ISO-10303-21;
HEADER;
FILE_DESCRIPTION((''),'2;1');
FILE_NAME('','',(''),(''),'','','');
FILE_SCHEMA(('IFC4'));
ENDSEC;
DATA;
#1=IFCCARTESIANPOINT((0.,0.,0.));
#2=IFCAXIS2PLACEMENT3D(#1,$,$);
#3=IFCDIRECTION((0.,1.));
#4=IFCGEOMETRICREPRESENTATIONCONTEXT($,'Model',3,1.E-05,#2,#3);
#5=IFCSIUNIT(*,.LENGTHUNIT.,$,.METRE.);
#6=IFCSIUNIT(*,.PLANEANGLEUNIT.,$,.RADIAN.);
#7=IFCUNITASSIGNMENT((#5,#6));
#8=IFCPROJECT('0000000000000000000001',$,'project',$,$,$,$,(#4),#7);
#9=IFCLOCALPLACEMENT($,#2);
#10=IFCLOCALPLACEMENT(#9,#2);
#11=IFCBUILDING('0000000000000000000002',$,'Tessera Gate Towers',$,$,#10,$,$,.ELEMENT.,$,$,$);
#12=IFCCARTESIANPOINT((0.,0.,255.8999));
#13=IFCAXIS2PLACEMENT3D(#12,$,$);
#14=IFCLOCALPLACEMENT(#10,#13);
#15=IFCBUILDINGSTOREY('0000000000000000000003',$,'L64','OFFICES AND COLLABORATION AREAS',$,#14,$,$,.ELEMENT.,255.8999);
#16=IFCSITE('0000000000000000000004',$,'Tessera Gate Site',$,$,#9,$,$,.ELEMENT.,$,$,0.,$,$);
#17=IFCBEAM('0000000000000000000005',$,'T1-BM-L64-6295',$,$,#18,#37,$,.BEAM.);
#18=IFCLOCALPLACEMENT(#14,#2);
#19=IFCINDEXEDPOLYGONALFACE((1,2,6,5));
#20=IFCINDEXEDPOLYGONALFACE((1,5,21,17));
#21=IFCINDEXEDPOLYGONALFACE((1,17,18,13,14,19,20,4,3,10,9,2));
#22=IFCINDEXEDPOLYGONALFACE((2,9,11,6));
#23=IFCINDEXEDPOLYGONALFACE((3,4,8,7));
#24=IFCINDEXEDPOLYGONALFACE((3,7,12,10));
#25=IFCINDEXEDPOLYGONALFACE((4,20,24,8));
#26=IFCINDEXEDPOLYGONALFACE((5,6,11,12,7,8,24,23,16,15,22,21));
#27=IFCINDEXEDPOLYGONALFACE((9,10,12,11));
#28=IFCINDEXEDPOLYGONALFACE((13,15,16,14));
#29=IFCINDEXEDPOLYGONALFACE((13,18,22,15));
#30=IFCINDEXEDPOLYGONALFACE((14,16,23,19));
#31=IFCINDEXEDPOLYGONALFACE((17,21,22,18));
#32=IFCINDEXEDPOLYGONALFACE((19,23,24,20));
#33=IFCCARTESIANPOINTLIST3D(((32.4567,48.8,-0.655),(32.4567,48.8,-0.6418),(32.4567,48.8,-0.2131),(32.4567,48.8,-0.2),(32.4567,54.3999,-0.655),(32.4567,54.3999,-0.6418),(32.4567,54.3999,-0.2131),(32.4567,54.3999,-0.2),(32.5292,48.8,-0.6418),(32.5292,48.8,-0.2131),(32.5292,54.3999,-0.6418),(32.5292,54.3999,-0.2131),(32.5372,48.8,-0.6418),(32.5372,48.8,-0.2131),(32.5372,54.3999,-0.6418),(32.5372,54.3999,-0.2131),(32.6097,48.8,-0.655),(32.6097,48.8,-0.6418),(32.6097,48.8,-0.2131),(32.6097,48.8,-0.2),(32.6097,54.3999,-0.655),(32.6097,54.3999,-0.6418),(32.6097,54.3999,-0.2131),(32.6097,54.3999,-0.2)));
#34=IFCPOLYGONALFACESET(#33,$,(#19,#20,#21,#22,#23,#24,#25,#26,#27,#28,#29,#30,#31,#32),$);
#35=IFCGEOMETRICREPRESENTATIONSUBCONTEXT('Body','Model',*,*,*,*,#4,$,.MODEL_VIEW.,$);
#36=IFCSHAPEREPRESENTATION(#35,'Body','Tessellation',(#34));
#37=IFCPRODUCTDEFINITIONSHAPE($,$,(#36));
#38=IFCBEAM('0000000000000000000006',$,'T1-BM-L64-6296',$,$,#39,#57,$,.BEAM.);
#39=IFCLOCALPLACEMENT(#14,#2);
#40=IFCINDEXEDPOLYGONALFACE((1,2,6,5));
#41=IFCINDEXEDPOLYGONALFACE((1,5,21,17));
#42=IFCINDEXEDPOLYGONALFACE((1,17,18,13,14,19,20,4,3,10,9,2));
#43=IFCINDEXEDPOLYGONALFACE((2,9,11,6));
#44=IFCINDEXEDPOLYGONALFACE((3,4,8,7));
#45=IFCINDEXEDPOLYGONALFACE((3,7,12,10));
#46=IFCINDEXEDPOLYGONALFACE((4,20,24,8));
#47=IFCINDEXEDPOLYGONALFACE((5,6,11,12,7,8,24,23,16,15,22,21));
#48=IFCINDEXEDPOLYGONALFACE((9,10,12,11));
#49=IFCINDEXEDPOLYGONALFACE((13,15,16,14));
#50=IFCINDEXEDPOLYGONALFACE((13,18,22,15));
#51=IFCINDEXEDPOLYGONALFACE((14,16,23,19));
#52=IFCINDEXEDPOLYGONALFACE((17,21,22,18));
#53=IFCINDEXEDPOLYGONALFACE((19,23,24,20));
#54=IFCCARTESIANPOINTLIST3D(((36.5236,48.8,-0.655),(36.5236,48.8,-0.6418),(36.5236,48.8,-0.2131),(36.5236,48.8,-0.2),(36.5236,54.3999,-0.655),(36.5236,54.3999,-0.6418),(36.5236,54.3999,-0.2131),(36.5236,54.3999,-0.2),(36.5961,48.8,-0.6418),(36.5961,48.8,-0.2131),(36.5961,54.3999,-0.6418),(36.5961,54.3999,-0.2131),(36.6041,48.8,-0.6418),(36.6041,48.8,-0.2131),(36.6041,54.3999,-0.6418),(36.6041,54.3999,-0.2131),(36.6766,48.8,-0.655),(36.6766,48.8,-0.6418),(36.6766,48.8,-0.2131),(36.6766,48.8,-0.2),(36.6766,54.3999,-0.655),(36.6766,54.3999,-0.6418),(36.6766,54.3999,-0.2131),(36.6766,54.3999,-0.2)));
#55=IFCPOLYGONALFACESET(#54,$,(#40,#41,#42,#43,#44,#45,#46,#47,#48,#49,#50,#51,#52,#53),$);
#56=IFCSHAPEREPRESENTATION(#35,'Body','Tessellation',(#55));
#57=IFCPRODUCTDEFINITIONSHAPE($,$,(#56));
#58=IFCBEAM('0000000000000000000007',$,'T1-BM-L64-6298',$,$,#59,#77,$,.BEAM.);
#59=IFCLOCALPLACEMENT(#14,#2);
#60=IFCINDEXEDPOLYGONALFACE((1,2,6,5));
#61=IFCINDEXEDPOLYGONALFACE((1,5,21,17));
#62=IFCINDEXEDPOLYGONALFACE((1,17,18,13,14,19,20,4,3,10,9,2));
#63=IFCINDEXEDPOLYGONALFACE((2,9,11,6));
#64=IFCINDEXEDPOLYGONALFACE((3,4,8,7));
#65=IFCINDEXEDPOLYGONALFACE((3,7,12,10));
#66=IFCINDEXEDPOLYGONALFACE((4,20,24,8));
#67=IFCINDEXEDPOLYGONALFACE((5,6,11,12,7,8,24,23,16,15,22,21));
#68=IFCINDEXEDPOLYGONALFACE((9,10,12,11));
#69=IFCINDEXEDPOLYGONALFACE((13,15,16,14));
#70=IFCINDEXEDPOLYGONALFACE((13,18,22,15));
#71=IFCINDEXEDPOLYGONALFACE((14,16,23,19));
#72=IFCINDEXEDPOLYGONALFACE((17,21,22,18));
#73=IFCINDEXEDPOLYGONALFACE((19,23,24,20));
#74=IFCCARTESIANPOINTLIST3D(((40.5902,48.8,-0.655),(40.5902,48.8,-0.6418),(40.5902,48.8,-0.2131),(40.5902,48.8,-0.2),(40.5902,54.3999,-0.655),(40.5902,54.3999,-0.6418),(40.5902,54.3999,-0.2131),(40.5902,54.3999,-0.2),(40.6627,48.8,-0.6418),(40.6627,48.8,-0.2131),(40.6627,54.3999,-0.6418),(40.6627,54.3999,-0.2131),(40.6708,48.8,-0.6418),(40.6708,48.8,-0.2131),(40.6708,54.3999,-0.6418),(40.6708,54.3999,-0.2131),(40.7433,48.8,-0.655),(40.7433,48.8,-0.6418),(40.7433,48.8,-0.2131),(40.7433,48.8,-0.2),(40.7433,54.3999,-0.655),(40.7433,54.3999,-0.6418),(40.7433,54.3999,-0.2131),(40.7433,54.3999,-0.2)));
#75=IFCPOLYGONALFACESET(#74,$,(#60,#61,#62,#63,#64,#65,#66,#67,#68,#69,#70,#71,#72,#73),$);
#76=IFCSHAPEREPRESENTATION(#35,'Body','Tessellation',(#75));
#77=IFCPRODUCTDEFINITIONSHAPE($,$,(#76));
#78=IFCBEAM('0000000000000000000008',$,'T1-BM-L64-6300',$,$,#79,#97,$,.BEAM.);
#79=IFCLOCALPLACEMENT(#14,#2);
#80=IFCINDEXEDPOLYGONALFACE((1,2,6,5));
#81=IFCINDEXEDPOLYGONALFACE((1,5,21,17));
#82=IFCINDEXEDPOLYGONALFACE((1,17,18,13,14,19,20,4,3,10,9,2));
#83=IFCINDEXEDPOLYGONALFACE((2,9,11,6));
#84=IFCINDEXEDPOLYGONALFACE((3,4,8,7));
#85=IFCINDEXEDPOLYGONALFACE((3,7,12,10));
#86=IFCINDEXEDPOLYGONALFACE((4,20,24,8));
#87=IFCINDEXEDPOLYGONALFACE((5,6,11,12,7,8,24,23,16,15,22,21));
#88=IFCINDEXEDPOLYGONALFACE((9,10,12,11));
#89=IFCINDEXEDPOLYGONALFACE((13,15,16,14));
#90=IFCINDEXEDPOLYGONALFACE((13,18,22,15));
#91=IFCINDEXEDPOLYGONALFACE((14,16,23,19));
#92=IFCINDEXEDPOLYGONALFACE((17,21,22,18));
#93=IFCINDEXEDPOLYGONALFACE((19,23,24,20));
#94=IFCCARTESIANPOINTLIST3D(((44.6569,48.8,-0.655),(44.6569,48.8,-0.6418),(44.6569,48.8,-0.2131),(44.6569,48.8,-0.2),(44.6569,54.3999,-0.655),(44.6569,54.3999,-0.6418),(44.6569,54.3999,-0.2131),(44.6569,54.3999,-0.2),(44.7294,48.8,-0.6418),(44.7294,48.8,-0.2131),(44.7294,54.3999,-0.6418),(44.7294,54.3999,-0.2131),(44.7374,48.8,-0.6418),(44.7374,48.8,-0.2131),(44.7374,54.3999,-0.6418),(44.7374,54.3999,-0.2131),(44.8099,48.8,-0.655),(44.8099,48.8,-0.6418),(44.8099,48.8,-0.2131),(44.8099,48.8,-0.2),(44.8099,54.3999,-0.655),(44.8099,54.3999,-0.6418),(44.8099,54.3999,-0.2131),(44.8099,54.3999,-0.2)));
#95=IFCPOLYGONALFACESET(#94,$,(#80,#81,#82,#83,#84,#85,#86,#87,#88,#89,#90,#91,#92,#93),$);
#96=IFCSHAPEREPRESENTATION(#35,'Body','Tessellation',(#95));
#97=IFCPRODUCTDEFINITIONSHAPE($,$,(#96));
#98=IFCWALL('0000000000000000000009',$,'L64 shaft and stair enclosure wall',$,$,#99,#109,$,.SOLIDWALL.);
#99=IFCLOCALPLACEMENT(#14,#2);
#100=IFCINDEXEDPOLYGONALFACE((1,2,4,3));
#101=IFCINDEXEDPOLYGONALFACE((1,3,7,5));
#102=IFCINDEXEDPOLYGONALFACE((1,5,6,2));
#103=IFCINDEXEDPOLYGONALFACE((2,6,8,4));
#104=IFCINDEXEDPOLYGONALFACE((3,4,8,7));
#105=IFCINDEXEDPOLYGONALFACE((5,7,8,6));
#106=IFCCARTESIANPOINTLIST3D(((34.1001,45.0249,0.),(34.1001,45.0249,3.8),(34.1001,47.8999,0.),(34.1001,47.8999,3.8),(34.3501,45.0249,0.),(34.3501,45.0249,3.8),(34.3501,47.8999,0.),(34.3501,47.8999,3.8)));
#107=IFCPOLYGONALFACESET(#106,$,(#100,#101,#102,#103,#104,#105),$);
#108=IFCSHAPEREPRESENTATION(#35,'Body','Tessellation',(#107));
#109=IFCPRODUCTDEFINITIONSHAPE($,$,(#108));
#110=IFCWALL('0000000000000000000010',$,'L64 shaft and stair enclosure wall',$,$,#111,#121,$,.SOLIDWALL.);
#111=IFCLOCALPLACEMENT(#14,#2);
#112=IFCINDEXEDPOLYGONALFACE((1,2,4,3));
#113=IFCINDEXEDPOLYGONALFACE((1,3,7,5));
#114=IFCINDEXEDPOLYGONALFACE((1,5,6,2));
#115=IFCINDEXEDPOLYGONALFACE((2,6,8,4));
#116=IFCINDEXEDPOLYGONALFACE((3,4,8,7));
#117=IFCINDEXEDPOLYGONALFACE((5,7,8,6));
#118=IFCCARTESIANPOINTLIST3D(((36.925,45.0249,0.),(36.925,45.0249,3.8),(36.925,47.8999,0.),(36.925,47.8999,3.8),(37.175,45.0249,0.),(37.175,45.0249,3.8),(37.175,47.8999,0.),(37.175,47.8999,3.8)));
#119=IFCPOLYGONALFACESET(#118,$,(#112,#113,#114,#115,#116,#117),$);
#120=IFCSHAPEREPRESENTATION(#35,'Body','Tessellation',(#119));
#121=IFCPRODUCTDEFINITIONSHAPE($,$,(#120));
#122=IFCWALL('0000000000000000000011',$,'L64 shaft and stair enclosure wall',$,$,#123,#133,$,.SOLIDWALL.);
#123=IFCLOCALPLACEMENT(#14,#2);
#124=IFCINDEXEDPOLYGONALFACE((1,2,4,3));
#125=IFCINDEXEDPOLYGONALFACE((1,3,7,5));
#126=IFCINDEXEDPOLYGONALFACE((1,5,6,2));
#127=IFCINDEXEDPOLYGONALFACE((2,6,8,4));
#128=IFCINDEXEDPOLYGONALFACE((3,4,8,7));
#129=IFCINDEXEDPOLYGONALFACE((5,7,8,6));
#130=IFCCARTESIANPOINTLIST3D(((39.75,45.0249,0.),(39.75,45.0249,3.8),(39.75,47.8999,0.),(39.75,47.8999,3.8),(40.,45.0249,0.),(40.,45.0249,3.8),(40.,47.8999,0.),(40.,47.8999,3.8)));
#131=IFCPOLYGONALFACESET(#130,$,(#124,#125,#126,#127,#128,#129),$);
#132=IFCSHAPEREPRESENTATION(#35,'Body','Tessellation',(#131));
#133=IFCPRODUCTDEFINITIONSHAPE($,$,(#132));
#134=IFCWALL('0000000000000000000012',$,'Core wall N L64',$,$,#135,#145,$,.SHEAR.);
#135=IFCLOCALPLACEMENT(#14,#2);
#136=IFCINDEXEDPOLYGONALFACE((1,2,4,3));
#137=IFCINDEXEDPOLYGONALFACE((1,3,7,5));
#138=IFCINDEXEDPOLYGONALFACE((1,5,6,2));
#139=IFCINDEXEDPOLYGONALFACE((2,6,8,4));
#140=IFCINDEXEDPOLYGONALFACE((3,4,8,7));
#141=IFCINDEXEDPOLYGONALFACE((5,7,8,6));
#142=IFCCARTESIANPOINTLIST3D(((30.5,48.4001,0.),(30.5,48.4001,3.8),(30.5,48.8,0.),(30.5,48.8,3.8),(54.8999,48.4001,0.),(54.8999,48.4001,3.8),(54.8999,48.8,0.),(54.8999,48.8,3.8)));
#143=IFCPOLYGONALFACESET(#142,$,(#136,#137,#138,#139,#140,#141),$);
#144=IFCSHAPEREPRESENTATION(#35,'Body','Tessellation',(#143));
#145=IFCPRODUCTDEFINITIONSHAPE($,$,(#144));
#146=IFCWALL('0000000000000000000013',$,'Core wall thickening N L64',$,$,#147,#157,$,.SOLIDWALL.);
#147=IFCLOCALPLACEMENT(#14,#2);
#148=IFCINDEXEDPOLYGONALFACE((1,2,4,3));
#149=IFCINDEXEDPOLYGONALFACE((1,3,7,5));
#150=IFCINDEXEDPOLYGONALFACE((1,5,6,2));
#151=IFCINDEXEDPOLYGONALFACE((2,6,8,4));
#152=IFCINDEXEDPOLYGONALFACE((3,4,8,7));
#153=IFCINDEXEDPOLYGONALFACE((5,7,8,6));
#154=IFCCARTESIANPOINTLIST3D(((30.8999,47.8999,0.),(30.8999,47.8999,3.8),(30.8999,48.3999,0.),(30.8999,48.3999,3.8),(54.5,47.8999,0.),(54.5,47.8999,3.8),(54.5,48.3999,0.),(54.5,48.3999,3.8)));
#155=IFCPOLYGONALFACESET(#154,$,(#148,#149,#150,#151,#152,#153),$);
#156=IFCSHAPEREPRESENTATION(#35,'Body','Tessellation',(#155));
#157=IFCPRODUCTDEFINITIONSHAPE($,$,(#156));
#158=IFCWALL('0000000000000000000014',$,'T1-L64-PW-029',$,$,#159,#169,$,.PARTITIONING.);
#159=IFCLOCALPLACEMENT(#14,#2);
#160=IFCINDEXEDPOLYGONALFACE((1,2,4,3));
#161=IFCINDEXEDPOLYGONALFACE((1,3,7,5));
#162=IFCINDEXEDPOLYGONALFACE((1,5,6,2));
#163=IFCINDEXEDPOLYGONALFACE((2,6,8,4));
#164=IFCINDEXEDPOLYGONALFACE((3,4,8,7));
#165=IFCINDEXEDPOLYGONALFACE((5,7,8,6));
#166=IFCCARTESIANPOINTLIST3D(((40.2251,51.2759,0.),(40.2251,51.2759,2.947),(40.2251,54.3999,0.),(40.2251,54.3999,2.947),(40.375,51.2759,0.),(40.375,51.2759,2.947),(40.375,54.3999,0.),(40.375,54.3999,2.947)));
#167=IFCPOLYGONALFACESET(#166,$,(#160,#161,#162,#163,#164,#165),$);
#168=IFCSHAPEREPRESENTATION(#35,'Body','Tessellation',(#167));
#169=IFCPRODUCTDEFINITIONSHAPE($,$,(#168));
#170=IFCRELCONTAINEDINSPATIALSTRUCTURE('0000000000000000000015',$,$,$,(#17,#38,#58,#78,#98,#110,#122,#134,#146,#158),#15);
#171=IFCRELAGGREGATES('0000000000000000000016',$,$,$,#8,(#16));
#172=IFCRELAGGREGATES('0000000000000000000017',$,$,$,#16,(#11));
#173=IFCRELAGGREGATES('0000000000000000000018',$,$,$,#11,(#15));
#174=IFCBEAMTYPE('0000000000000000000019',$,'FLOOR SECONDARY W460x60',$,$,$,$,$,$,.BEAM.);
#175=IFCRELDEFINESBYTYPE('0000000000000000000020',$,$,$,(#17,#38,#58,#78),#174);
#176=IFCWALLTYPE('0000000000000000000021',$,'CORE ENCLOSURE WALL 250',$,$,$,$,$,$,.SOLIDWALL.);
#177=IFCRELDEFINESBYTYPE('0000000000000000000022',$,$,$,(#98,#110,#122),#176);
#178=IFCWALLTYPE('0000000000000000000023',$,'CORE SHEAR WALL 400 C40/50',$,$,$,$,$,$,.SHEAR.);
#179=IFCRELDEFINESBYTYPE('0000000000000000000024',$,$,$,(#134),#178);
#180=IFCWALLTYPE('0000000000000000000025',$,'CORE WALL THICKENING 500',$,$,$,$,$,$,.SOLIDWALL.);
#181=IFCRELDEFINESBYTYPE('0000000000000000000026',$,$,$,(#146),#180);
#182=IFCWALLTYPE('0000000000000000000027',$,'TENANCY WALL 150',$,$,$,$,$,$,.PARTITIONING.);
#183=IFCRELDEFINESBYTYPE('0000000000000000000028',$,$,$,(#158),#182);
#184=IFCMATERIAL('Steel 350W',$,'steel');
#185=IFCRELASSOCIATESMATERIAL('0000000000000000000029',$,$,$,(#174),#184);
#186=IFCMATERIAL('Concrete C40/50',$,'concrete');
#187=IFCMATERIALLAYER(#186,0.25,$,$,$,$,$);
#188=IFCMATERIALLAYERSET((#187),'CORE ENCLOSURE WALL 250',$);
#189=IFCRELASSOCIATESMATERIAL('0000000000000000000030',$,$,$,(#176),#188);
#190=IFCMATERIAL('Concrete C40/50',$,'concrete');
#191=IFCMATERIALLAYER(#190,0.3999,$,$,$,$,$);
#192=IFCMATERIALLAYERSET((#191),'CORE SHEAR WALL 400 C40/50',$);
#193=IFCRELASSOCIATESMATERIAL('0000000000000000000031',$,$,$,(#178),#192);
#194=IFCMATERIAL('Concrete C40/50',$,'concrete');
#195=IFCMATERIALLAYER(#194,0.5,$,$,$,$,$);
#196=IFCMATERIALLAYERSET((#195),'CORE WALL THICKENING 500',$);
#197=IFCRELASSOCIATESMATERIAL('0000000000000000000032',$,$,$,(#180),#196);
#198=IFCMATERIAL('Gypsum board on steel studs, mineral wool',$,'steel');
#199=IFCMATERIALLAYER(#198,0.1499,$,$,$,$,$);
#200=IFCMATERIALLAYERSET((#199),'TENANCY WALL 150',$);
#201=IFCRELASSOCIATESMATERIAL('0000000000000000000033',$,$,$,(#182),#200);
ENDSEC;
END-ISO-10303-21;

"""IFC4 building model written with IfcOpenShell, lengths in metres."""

from ifc_helpers import new_model, si_unit, direction, frame, frame_2d, origin, origin_2d, place, context, subcontext, project, spatial, rectangle, i_section, extrude, material, layer, layer_set, material_profile, profile_set, type_object, element, save


model = new_model("IFC4")

# Units and contexts
model_context = context("Model", 3, precision=1e-05, world=origin(), true_north=direction((0.0, 1.0)))
body_context = subcontext(model_context, "Body", "Model", "MODEL_VIEW")
ifc_project = project(units=[si_unit("LENGTHUNIT", "METRE"), si_unit("PLANEANGLEUNIT", "RADIAN")], contexts=[model_context])

# Site, building, storey
site_placement = place(None, origin())
site = spatial("IfcSite", under=ifc_project, at=site_placement, Name="Tessera Gate Site", CompositionType="ELEMENT", RefElevation=0.0)
building_placement = place(site_placement, origin())
building = spatial("IfcBuilding", under=site, at=building_placement, Name="Tessera Gate Towers", CompositionType="ELEMENT")
storey_placement = place(building_placement, frame((0.0, 0.0, 255.8999)))
storey = spatial("IfcBuildingStorey", under=building, at=storey_placement, Name="L64", Description="OFFICES AND COLLABORATION AREAS", CompositionType="ELEMENT", Elevation=255.8999)

# Beams
ifc_material_1 = material(Name="Steel 350W", Category="steel")
ifc_material_profile = material_profile(ifc_material_1, i_section(OverallWidth=0.1531, OverallDepth=0.4551, WebThickness=0.0081, FlangeThickness=0.0132, at=origin_2d()), Name="W460x60")
ifc_profile_set = profile_set([ifc_material_profile], Name="Steel 350W")
beam_type = type_object("IfcBeamType", Name="FLOOR SECONDARY W460x60", PredefinedType="BEAM", material=ifc_profile_set)
for number, where, z_axis, x_axis, name in (
    (1, (32.5332, 48.8, -0.4275), (0.0, 1.0, 0.0), (-1.0, 0.0, 0.0), "T1-BM-L64-6295"),
    (2, (36.6001, 48.8, -0.4275), (0.0, 1.0, 0.0), (-1.0, 0.0, 0.0), "T1-BM-L64-6296"),
    (3, (40.6667, 48.8, -0.4275), (0.0, 1.0, 0.0), (-1.0, 0.0, 0.0), "T1-BM-L64-6298"),
    (4, (44.7334, 48.8, -0.4275), (0.0, 1.0, 0.0), (-1.0, 0.0, 0.0), "T1-BM-L64-6300"),
):
    element("IfcBeam", number, at=place(storey_placement, frame(where, z_axis=z_axis, x_axis=x_axis)), inside=storey, type_object=beam_type, Name=name, PredefinedType="BEAM", context=body_context, shape_type="SweptSolid", body=[
        extrude(i_section(OverallWidth=0.1531, OverallDepth=0.4551, WebThickness=0.0081, FlangeThickness=0.0132, at=origin_2d()), origin(), (0.0, 0.0, 1.0), 5.5999),
    ])

# Walls
ifc_material_2 = material(Name="Concrete C40/50", Category="concrete")
ifc_layer_1 = layer(ifc_material_2, 0.25)
ifc_layer_set_1 = layer_set([ifc_layer_1], Name="CORE ENCLOSURE WALL 250")
wall_type_1 = type_object("IfcWallType", Name="CORE ENCLOSURE WALL 250", PredefinedType="SOLIDWALL", material=ifc_layer_set_1)
for number, where, z_axis, x_axis, name in (
    (5, (34.2251, 45.0249, 0.0), (0.0, 0.0, 1.0), (0.0, 1.0, 0.0), "L64 shaft and stair enclosure wall"),
    (6, (37.05, 45.0249, 0.0), (0.0, 0.0, 1.0), (0.0, 1.0, 0.0), "L64 shaft and stair enclosure wall"),
    (7, (39.875, 45.0249, 0.0), (0.0, 0.0, 1.0), (0.0, 1.0, 0.0), "L64 shaft and stair enclosure wall"),
):
    element("IfcWall", number, at=place(storey_placement, frame(where, z_axis=z_axis, x_axis=x_axis)), inside=storey, type_object=wall_type_1, Name=name, PredefinedType="SOLIDWALL", context=body_context, shape_type="SweptSolid", body=[
        extrude(rectangle(XDim=2.875, YDim=0.25, at=frame_2d((1.4375, 0.0))), origin(), (0.0, 0.0, 1.0), 3.8),
    ])
ifc_material_3 = material(Name="Concrete C40/50", Category="concrete")
ifc_layer_2 = layer(ifc_material_3, 0.3999)
ifc_layer_set_2 = layer_set([ifc_layer_2], Name="CORE SHEAR WALL 400 C40/50")
wall_type_2 = type_object("IfcWallType", Name="CORE SHEAR WALL 400 C40/50", PredefinedType="SHEAR", material=ifc_layer_set_2)
wall_1_placement = place(storey_placement, frame((30.5, 48.6001, 0.0), z_axis=(0.0, 0.0, 1.0), x_axis=(1.0, 0.0, 0.0)))
element("IfcWall", 8, at=wall_1_placement, inside=storey, type_object=wall_type_2, Name="Core wall N L64", PredefinedType="SHEAR", context=body_context, shape_type="SweptSolid", body=[
    extrude(rectangle(XDim=24.3999, YDim=0.3999, at=frame_2d((12.2, 0.0))), origin(), (0.0, 0.0, 1.0), 3.8),
])
ifc_material_4 = material(Name="Concrete C40/50", Category="concrete")
ifc_layer_3 = layer(ifc_material_4, 0.5)
ifc_layer_set_3 = layer_set([ifc_layer_3], Name="CORE WALL THICKENING 500")
wall_type_3 = type_object("IfcWallType", Name="CORE WALL THICKENING 500", PredefinedType="SOLIDWALL", material=ifc_layer_set_3)
wall_2_placement = place(storey_placement, frame((30.8999, 48.1499, 0.0), z_axis=(0.0, 0.0, 1.0), x_axis=(1.0, 0.0, 0.0)))
element("IfcWall", 9, at=wall_2_placement, inside=storey, type_object=wall_type_3, Name="Core wall thickening N L64", PredefinedType="SOLIDWALL", context=body_context, shape_type="SweptSolid", body=[
    extrude(rectangle(XDim=23.6001, YDim=0.5, at=frame_2d((11.8, 0.0))), origin(), (0.0, 0.0, 1.0), 3.8),
])
ifc_material_5 = material(Name="Gypsum board on steel studs, mineral wool", Category="steel")
ifc_layer_4 = layer(ifc_material_5, 0.1499)
ifc_layer_set_4 = layer_set([ifc_layer_4], Name="TENANCY WALL 150")
wall_type_4 = type_object("IfcWallType", Name="TENANCY WALL 150", PredefinedType="PARTITIONING", material=ifc_layer_set_4)
wall_3_placement = place(storey_placement, frame((40.3, 51.2759, 0.0), z_axis=(0.0, 0.0, 1.0), x_axis=(0.0, 1.0, 0.0)))
element("IfcWall", 10, at=wall_3_placement, inside=storey, type_object=wall_type_4, Name="T1-L64-PW-029", PredefinedType="PARTITIONING", context=body_context, shape_type="SweptSolid", body=[
    extrude(rectangle(XDim=3.124, YDim=0.1499, at=frame_2d((1.562, 0.0))), origin(), (0.0, 0.0, 1.0), 2.947),
])

save(model, "model.ifc")
